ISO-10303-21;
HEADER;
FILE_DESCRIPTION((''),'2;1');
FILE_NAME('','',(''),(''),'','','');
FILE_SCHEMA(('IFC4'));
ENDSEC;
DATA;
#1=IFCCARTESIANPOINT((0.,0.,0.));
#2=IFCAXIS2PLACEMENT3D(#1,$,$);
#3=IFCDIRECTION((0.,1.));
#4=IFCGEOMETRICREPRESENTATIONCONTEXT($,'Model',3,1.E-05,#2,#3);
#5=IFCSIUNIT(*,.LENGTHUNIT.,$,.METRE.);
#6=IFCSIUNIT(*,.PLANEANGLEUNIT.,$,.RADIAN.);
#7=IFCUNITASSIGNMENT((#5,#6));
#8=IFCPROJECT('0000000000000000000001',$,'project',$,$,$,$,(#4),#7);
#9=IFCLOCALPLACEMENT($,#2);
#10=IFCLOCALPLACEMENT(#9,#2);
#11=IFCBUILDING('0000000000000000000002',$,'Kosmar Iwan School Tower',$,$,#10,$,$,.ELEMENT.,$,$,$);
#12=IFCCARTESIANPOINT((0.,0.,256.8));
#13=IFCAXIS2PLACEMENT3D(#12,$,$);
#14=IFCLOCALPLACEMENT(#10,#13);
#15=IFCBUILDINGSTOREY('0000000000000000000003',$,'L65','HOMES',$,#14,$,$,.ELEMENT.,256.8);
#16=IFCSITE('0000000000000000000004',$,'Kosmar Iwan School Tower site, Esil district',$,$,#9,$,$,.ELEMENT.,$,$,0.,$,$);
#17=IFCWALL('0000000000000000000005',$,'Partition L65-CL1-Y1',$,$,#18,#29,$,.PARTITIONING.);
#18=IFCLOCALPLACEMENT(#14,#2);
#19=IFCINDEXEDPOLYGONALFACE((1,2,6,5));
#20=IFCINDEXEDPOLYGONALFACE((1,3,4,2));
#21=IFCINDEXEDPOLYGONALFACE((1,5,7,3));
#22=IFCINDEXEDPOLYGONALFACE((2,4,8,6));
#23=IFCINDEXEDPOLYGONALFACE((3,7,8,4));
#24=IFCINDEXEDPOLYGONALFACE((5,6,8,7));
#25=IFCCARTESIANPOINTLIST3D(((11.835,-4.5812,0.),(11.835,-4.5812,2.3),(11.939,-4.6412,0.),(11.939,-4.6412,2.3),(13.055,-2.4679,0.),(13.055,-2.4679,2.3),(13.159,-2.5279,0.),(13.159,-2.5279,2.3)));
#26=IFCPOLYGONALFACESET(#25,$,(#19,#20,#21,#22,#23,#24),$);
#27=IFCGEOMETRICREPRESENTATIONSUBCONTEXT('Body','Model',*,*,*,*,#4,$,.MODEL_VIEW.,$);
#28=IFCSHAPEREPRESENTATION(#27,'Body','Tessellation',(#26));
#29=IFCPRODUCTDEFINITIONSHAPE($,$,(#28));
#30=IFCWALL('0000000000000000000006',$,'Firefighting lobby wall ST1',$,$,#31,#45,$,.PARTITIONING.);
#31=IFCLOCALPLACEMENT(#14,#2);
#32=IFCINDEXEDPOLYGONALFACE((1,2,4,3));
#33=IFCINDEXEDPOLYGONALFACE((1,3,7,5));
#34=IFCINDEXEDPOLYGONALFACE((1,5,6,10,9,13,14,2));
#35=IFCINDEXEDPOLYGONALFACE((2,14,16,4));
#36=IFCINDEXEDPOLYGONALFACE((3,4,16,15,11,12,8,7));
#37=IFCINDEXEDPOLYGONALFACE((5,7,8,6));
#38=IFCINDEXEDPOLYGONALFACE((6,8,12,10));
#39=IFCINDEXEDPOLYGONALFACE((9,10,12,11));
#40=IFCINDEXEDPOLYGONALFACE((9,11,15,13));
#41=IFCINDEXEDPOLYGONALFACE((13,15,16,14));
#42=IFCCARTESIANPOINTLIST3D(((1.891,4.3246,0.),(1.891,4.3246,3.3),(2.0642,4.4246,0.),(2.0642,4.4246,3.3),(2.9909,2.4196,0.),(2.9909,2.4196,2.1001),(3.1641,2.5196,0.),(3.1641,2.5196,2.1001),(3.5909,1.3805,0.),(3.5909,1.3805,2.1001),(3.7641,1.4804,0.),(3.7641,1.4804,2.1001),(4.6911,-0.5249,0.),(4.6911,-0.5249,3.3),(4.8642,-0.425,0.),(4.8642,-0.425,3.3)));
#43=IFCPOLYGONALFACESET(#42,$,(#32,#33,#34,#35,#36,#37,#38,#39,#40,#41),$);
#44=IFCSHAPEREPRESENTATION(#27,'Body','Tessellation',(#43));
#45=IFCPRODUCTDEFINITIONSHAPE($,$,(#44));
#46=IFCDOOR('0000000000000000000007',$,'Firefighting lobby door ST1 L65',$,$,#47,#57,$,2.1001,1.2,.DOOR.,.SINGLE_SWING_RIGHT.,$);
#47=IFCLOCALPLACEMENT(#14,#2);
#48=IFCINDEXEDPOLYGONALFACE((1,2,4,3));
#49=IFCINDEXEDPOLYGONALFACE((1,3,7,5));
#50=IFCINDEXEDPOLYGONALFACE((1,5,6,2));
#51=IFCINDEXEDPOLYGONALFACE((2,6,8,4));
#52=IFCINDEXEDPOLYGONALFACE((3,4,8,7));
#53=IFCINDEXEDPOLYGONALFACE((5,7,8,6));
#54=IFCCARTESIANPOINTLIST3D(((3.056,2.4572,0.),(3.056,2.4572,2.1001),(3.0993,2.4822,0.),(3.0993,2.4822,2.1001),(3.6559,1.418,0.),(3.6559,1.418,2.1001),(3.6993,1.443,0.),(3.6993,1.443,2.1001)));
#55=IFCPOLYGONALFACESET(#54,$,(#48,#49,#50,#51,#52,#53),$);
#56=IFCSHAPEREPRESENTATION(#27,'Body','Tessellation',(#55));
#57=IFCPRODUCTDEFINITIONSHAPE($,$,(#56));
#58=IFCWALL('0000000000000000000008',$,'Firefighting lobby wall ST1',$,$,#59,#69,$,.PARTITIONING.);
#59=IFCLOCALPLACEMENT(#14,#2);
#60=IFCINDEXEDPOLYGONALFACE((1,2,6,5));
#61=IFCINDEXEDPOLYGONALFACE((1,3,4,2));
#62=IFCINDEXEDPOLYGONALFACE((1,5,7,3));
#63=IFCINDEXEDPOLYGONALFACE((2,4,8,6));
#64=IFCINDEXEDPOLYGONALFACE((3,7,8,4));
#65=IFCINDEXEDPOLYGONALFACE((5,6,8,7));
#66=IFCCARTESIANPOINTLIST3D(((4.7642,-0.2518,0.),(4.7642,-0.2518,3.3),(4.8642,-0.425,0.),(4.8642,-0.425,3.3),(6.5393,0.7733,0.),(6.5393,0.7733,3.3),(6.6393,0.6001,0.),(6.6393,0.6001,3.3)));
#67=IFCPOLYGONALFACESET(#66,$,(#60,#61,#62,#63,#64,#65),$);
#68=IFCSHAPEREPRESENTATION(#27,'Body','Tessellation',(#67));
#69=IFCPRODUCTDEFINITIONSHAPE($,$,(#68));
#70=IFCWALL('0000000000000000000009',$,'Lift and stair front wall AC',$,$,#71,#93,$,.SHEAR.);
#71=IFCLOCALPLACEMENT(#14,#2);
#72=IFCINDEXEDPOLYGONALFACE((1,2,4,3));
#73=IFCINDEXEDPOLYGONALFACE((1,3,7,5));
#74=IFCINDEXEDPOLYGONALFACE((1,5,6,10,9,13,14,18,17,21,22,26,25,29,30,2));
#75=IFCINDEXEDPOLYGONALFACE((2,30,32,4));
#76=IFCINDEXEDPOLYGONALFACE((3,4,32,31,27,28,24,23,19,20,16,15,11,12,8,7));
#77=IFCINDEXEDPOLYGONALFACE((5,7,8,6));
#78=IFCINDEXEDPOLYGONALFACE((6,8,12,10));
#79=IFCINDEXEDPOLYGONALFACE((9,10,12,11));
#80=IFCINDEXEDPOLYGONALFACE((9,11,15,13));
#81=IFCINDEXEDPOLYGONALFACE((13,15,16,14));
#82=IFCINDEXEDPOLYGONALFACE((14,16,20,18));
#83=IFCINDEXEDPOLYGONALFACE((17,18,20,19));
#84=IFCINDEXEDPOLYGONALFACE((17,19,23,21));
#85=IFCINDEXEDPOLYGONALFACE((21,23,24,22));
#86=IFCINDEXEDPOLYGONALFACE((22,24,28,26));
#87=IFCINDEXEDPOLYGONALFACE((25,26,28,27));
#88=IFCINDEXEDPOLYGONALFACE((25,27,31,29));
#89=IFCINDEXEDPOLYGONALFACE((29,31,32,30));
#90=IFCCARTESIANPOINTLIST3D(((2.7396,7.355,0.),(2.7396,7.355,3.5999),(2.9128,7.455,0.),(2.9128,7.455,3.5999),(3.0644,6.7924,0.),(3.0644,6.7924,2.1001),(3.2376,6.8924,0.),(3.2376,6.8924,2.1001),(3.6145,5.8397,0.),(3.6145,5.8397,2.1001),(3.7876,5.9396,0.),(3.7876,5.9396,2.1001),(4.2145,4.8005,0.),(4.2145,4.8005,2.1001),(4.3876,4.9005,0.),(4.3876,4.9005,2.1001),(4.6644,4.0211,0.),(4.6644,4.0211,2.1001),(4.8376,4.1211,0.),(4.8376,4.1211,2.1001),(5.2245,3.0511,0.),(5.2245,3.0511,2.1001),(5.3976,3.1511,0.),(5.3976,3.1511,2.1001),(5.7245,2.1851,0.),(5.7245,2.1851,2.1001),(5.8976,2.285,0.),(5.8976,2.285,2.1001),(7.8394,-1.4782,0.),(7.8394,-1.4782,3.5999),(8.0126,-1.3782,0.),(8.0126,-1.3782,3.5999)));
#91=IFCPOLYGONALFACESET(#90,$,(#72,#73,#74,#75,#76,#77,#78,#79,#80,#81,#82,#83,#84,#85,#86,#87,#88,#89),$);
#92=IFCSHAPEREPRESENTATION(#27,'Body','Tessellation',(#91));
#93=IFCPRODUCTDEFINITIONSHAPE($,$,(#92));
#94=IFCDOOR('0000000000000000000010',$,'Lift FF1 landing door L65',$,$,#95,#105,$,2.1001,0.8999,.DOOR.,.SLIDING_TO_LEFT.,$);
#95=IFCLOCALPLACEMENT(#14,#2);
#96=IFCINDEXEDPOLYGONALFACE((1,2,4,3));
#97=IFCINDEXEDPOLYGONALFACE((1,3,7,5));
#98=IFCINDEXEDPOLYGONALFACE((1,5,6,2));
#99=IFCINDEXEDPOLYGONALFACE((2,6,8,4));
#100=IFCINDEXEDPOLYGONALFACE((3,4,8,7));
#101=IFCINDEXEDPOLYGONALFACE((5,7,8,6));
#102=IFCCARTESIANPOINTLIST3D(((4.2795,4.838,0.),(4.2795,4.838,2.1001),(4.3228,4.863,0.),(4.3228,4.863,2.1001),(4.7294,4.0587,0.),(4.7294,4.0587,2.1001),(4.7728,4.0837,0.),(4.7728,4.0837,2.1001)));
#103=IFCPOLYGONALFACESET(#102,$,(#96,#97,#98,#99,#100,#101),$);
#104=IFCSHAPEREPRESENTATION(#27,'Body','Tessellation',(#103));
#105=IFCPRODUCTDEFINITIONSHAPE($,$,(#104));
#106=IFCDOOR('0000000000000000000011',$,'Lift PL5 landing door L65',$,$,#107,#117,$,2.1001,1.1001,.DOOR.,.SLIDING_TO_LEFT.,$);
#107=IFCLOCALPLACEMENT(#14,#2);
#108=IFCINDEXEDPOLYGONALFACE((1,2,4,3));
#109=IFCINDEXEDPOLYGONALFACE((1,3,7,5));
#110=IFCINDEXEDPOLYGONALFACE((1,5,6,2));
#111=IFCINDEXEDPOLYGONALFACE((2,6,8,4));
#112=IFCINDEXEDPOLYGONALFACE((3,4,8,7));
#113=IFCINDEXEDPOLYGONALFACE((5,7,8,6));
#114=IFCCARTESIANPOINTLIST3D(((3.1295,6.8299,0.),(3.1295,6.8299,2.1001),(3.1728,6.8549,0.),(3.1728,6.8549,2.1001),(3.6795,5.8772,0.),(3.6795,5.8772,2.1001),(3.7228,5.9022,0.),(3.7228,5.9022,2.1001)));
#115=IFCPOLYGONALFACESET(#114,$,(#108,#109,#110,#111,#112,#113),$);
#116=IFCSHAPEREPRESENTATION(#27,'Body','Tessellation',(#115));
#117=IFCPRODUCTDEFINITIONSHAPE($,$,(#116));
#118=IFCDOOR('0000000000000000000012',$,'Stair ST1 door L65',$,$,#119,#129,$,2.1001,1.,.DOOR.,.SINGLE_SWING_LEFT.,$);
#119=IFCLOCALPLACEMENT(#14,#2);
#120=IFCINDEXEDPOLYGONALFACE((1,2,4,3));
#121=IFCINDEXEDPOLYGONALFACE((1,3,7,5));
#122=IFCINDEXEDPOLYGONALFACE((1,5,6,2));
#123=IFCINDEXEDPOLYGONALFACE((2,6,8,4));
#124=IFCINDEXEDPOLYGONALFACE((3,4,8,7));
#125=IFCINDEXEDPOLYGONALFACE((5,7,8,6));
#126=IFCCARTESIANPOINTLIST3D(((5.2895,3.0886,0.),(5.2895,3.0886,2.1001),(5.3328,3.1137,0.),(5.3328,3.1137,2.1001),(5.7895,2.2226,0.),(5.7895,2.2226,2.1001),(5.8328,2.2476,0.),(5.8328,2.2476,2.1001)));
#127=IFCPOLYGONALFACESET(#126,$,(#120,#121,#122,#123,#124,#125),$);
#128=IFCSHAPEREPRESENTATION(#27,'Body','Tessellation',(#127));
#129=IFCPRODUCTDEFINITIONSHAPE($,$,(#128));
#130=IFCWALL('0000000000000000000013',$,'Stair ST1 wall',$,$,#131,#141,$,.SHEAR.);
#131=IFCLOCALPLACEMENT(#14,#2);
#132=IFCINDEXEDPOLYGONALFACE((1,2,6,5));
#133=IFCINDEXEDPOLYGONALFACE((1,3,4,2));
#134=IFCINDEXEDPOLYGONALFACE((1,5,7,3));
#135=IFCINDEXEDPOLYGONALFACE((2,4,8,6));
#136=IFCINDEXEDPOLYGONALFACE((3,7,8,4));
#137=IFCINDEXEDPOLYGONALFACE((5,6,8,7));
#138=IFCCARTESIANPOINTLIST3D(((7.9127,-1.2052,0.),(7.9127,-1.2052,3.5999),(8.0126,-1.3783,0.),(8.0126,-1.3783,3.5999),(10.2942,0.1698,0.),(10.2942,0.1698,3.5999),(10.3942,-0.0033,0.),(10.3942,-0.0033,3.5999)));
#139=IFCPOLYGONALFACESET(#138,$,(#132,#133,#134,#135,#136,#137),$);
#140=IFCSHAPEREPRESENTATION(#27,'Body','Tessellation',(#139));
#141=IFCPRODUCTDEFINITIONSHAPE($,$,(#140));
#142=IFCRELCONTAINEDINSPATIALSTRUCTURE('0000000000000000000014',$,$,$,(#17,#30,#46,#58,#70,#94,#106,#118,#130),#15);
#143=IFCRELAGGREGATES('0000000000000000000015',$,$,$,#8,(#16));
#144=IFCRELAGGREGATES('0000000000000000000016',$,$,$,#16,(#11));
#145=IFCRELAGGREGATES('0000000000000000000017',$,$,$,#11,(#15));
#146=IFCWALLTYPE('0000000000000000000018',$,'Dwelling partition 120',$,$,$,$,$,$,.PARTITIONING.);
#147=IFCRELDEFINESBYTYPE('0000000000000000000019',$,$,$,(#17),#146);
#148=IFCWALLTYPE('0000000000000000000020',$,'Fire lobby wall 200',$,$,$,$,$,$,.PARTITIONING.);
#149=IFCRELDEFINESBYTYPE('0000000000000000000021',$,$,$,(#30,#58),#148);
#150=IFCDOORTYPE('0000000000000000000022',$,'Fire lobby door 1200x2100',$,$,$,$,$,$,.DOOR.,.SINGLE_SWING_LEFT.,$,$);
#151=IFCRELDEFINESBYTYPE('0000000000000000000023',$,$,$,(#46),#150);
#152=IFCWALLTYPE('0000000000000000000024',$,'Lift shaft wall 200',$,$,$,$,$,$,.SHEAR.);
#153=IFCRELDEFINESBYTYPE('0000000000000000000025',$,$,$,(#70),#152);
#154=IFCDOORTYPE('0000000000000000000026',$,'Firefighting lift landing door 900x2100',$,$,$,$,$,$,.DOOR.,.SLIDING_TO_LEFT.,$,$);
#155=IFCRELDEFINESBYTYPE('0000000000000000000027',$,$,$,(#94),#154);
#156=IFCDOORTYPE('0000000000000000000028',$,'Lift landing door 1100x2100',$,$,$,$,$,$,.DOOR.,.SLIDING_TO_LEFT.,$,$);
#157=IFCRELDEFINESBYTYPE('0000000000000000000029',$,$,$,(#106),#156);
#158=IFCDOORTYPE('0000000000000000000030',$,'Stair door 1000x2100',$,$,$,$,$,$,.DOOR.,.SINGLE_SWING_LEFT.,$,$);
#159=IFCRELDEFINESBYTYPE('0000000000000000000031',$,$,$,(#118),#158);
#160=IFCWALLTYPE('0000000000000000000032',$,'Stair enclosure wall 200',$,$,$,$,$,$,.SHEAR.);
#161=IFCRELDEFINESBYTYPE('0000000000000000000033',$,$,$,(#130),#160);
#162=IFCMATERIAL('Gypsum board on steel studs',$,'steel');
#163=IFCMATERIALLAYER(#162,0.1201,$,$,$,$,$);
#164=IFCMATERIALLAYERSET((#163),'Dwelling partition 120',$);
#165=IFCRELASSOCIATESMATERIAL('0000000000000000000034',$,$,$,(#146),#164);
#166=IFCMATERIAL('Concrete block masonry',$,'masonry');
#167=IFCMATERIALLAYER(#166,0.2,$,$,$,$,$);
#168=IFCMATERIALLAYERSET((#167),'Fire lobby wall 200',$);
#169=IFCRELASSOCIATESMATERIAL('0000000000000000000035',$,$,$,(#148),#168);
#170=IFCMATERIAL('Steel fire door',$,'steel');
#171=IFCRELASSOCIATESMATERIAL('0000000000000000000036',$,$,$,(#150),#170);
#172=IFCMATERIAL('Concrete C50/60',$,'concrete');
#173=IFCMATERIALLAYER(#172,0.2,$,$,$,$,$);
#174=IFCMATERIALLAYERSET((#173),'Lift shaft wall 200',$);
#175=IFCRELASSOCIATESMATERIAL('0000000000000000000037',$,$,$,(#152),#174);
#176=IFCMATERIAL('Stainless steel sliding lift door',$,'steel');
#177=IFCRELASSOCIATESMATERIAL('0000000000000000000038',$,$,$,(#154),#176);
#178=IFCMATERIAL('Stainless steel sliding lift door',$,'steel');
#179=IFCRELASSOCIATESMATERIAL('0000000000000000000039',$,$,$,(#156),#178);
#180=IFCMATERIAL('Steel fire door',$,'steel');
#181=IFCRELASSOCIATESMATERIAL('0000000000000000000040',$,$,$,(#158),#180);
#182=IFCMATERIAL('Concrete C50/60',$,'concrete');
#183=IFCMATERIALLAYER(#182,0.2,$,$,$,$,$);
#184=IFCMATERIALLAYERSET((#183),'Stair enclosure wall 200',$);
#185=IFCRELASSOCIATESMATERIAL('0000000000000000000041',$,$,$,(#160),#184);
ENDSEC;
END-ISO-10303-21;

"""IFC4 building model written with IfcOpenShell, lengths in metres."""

from ifc_helpers import new_model, si_unit, direction, frame, frame_2d, origin, place, context, subcontext, project, spatial, rectangle, extrude, material, layer, layer_set, type_object, element, fill, save


model = new_model("IFC4")

# Units and contexts
model_context = context("Model", 3, precision=1e-05, world=origin(), true_north=direction((0.0, 1.0)))
body_context = subcontext(model_context, "Body", "Model", "MODEL_VIEW")
ifc_project = project(units=[si_unit("LENGTHUNIT", "METRE"), si_unit("PLANEANGLEUNIT", "RADIAN")], contexts=[model_context])

# Site, building, storey
site_placement = place(None, origin())
site = spatial("IfcSite", under=ifc_project, at=site_placement, Name="Kosmar Iwan School Tower site, Esil district", CompositionType="ELEMENT", RefElevation=0.0)
building_placement = place(site_placement, origin())
building = spatial("IfcBuilding", under=site, at=building_placement, Name="Kosmar Iwan School Tower", CompositionType="ELEMENT")
storey_placement = place(building_placement, frame((0.0, 0.0, 256.8)))
storey = spatial("IfcBuildingStorey", under=building, at=storey_placement, Name="L65", Description="HOMES", CompositionType="ELEMENT", Elevation=256.8)

# Shared definitions
ifc_material_1 = material(Name="Gypsum board on steel studs", Category="steel")
ifc_layer_1 = layer(ifc_material_1, 0.1201)
ifc_layer_set_1 = layer_set([ifc_layer_1], Name="Dwelling partition 120")
wall_type_1 = type_object("IfcWallType", Name="Dwelling partition 120", PredefinedType="PARTITIONING", material=ifc_layer_set_1)

# Wall
wall_1_placement = place(storey_placement, frame((11.887, -4.6113, 0.0), z_axis=(0.0, 0.0, 1.0), x_axis=(0.499959, 0.866049, 0.0)))
element("IfcWall", 1, at=wall_1_placement, inside=storey, type_object=wall_type_1, Name="Partition L65-CL1-Y1", PredefinedType="PARTITIONING", context=body_context, shape_type="SweptSolid", body=[
    extrude(rectangle(XDim=2.4402, YDim=0.1201, at=frame_2d((1.2202, 0.0))), origin(), (0.0, 0.0, 1.0), 2.3),
])

# Wall, opening, door
ifc_material_2 = material(Name="Concrete block masonry", Category="masonry")
ifc_layer_2 = layer(ifc_material_2, 0.2)
ifc_layer_set_2 = layer_set([ifc_layer_2], Name="Fire lobby wall 200")
wall_type_2 = type_object("IfcWallType", Name="Fire lobby wall 200", PredefinedType="PARTITIONING", material=ifc_layer_set_2)
wall_2_placement = place(storey_placement, frame((4.7776, -0.4749, 0.0), z_axis=(0.0, 0.0, 1.0), x_axis=(-0.500017, 0.866016, 0.0)))
wall_2 = element("IfcWall", 2, at=wall_2_placement, inside=storey, type_object=wall_type_2, Name="Firefighting lobby wall ST1", PredefinedType="PARTITIONING", context=body_context, shape_type="SweptSolid", body=[
    extrude(rectangle(XDim=5.5999, YDim=0.2, at=frame_2d((2.7998, 0.0))), origin(), (0.0, 0.0, 1.0), 3.3),
])
opening_1_placement = place(wall_2_placement, frame((2.2, 0.0, 0.0)))
opening_1 = element("IfcOpeningElement", 3, at=opening_1_placement, cuts=wall_2, PredefinedType="OPENING", context=body_context, shape_type="SweptSolid", body=[
    extrude(rectangle(XDim=1.2, YDim=2.1001, at=frame_2d((0.6001, 1.05))), frame((0.0, 0.1121, 0.0), z_axis=(0.0, -1.0, 0.0), x_axis=(1.0, 0.0, 0.0)), (0.0, 0.0, 1.0), 0.2239),
])
ifc_material_3 = material(Name="Steel fire door", Category="steel")
door_type_1 = type_object("IfcDoorType", Name="Fire lobby door 1200x2100", OperationType="SINGLE_SWING_LEFT", PredefinedType="DOOR", material=ifc_material_3)
door_1_placement = place(opening_1_placement, origin())
door_1 = element("IfcDoor", 4, at=door_1_placement, inside=storey, type_object=door_type_1, Name="Firefighting lobby door ST1 L65", OperationType="SINGLE_SWING_RIGHT", OverallHeight=2.1001, OverallWidth=1.2, PredefinedType="DOOR", context=body_context, shape_type="SweptSolid", body=[
    extrude(rectangle(XDim=1.2, YDim=2.1001, at=frame_2d((0.6001, 1.05))), frame((0.0, 0.0249, 0.0), z_axis=(0.0, -1.0, 0.0), x_axis=(1.0, 0.0, 0.0)), (0.0, 0.0, 1.0), 0.05),
])
fill(opening_1, door_1)

# Wall
wall_3_placement = place(storey_placement, frame((4.8142, -0.3384, 0.0), z_axis=(0.0, 0.0, 1.0), x_axis=(0.865969, 0.500097, 0.0)))
element("IfcWall", 5, at=wall_3_placement, inside=storey, type_object=wall_type_2, Name="Firefighting lobby wall ST1", PredefinedType="PARTITIONING", context=body_context, shape_type="SweptSolid", body=[
    extrude(rectangle(XDim=2.0498, YDim=0.2, at=frame_2d((1.0249, 0.0))), origin(), (0.0, 0.0, 1.0), 3.3),
])

# Wall, openings, doors
ifc_material_4 = material(Name="Concrete C50/60", Category="concrete")
ifc_layer_3 = layer(ifc_material_4, 0.2)
ifc_layer_set_3 = layer_set([ifc_layer_3], Name="Lift shaft wall 200")
wall_type_3 = type_object("IfcWallType", Name="Lift shaft wall 200", PredefinedType="SHEAR", material=ifc_layer_set_3)
wall_4_placement = place(storey_placement, frame((7.926, -1.4282, 0.0), z_axis=(0.0, 0.0, 1.0), x_axis=(-0.499998, 0.866027, 0.0)))
wall_4 = element("IfcWall", 6, at=wall_4_placement, inside=storey, type_object=wall_type_3, Name="Lift and stair front wall AC", PredefinedType="SHEAR", context=body_context, shape_type="SweptSolid", body=[
    extrude(rectangle(XDim=10.1997, YDim=0.2, at=frame_2d((5.0999, 0.0))), origin(), (0.0, 0.0, 1.0), 3.5999),
])
opening_2_placement = place(wall_4_placement, frame((6.3501, 0.0, 0.0)))
opening_2 = element("IfcOpeningElement", 7, at=opening_2_placement, cuts=wall_4, PredefinedType="OPENING", context=body_context, shape_type="SweptSolid", body=[
    extrude(rectangle(XDim=0.8999, YDim=2.1001, at=frame_2d((0.45, 1.05))), frame((0.0, 0.1121, 0.0), z_axis=(0.0, -1.0, 0.0), x_axis=(1.0, 0.0, 0.0)), (0.0, 0.0, 1.0), 0.2239),
])
opening_3_placement = place(wall_4_placement, frame((8.45, 0.0, 0.0)))
opening_3 = element("IfcOpeningElement", 8, at=opening_3_placement, cuts=wall_4, PredefinedType="OPENING", context=body_context, shape_type="SweptSolid", body=[
    extrude(rectangle(XDim=1.1001, YDim=2.1001, at=frame_2d((0.55, 1.05))), frame((0.0, 0.1121, 0.0), z_axis=(0.0, -1.0, 0.0), x_axis=(1.0, 0.0, 0.0)), (0.0, 0.0, 1.0), 0.2239),
])
opening_4_placement = place(wall_4_placement, frame((4.23, 0.0, 0.0)))
opening_4 = element("IfcOpeningElement", 9, at=opening_4_placement, cuts=wall_4, PredefinedType="OPENING", context=body_context, shape_type="SweptSolid", body=[
    extrude(rectangle(XDim=1.0, YDim=2.1001, at=frame_2d((0.5, 1.05))), frame((0.0, 0.1121, 0.0), z_axis=(0.0, -1.0, 0.0), x_axis=(1.0, 0.0, 0.0)), (0.0, 0.0, 1.0), 0.2239),
])
ifc_material_5 = material(Name="Stainless steel sliding lift door", Category="steel")
door_type_2 = type_object("IfcDoorType", Name="Firefighting lift landing door 900x2100", OperationType="SLIDING_TO_LEFT", PredefinedType="DOOR", material=ifc_material_5)
door_2_placement = place(opening_2_placement, origin())
door_2 = element("IfcDoor", 10, at=door_2_placement, inside=storey, type_object=door_type_2, Name="Lift FF1 landing door L65", OperationType="SLIDING_TO_LEFT", OverallHeight=2.1001, OverallWidth=0.8999, PredefinedType="DOOR", context=body_context, shape_type="SweptSolid", body=[
    extrude(rectangle(XDim=0.8999, YDim=2.1001, at=frame_2d((0.45, 1.05))), frame((0.0, 0.0249, 0.0), z_axis=(0.0, -1.0, 0.0), x_axis=(1.0, 0.0, 0.0)), (0.0, 0.0, 1.0), 0.05),
])
fill(opening_2, door_2)
ifc_material_6 = material(Name="Stainless steel sliding lift door", Category="steel")
door_type_3 = type_object("IfcDoorType", Name="Lift landing door 1100x2100", OperationType="SLIDING_TO_LEFT", PredefinedType="DOOR", material=ifc_material_6)
door_3_placement = place(opening_3_placement, origin())
door_3 = element("IfcDoor", 11, at=door_3_placement, inside=storey, type_object=door_type_3, Name="Lift PL5 landing door L65", OperationType="SLIDING_TO_LEFT", OverallHeight=2.1001, OverallWidth=1.1001, PredefinedType="DOOR", context=body_context, shape_type="SweptSolid", body=[
    extrude(rectangle(XDim=1.1001, YDim=2.1001, at=frame_2d((0.55, 1.05))), frame((0.0, 0.0249, 0.0), z_axis=(0.0, -1.0, 0.0), x_axis=(1.0, 0.0, 0.0)), (0.0, 0.0, 1.0), 0.05),
])
fill(opening_3, door_3)
ifc_material_7 = material(Name="Steel fire door", Category="steel")
door_type_4 = type_object("IfcDoorType", Name="Stair door 1000x2100", OperationType="SINGLE_SWING_LEFT", PredefinedType="DOOR", material=ifc_material_7)
door_4_placement = place(opening_4_placement, origin())
door_4 = element("IfcDoor", 12, at=door_4_placement, inside=storey, type_object=door_type_4, Name="Stair ST1 door L65", OperationType="SINGLE_SWING_LEFT", OverallHeight=2.1001, OverallWidth=1.0, PredefinedType="DOOR", context=body_context, shape_type="SweptSolid", body=[
    extrude(rectangle(XDim=1.0, YDim=2.1001, at=frame_2d((0.5, 1.05))), frame((0.0, 0.0249, 0.0), z_axis=(0.0, -1.0, 0.0), x_axis=(1.0, 0.0, 0.0)), (0.0, 0.0, 1.0), 0.05),
])
fill(opening_4, door_4)

# Wall
ifc_material_8 = material(Name="Concrete C50/60", Category="concrete")
ifc_layer_4 = layer(ifc_material_8, 0.2)
ifc_layer_set_4 = layer_set([ifc_layer_4], Name="Stair enclosure wall 200")
wall_type_4 = type_object("IfcWallType", Name="Stair enclosure wall 200", PredefinedType="SHEAR", material=ifc_layer_set_4)
wall_5_placement = place(storey_placement, frame((7.9626, -1.2917, 0.0), z_axis=(0.0, 0.0, 1.0), x_axis=(0.866027, 0.499997, 0.0)))
element("IfcWall", 13, at=wall_5_placement, inside=storey, type_object=wall_type_4, Name="Stair ST1 wall", PredefinedType="SHEAR", context=body_context, shape_type="SweptSolid", body=[
    extrude(rectangle(XDim=2.75, YDim=0.2, at=frame_2d((1.375, 0.0))), origin(), (0.0, 0.0, 1.0), 3.5999),
])

save(model, "model.ifc")
